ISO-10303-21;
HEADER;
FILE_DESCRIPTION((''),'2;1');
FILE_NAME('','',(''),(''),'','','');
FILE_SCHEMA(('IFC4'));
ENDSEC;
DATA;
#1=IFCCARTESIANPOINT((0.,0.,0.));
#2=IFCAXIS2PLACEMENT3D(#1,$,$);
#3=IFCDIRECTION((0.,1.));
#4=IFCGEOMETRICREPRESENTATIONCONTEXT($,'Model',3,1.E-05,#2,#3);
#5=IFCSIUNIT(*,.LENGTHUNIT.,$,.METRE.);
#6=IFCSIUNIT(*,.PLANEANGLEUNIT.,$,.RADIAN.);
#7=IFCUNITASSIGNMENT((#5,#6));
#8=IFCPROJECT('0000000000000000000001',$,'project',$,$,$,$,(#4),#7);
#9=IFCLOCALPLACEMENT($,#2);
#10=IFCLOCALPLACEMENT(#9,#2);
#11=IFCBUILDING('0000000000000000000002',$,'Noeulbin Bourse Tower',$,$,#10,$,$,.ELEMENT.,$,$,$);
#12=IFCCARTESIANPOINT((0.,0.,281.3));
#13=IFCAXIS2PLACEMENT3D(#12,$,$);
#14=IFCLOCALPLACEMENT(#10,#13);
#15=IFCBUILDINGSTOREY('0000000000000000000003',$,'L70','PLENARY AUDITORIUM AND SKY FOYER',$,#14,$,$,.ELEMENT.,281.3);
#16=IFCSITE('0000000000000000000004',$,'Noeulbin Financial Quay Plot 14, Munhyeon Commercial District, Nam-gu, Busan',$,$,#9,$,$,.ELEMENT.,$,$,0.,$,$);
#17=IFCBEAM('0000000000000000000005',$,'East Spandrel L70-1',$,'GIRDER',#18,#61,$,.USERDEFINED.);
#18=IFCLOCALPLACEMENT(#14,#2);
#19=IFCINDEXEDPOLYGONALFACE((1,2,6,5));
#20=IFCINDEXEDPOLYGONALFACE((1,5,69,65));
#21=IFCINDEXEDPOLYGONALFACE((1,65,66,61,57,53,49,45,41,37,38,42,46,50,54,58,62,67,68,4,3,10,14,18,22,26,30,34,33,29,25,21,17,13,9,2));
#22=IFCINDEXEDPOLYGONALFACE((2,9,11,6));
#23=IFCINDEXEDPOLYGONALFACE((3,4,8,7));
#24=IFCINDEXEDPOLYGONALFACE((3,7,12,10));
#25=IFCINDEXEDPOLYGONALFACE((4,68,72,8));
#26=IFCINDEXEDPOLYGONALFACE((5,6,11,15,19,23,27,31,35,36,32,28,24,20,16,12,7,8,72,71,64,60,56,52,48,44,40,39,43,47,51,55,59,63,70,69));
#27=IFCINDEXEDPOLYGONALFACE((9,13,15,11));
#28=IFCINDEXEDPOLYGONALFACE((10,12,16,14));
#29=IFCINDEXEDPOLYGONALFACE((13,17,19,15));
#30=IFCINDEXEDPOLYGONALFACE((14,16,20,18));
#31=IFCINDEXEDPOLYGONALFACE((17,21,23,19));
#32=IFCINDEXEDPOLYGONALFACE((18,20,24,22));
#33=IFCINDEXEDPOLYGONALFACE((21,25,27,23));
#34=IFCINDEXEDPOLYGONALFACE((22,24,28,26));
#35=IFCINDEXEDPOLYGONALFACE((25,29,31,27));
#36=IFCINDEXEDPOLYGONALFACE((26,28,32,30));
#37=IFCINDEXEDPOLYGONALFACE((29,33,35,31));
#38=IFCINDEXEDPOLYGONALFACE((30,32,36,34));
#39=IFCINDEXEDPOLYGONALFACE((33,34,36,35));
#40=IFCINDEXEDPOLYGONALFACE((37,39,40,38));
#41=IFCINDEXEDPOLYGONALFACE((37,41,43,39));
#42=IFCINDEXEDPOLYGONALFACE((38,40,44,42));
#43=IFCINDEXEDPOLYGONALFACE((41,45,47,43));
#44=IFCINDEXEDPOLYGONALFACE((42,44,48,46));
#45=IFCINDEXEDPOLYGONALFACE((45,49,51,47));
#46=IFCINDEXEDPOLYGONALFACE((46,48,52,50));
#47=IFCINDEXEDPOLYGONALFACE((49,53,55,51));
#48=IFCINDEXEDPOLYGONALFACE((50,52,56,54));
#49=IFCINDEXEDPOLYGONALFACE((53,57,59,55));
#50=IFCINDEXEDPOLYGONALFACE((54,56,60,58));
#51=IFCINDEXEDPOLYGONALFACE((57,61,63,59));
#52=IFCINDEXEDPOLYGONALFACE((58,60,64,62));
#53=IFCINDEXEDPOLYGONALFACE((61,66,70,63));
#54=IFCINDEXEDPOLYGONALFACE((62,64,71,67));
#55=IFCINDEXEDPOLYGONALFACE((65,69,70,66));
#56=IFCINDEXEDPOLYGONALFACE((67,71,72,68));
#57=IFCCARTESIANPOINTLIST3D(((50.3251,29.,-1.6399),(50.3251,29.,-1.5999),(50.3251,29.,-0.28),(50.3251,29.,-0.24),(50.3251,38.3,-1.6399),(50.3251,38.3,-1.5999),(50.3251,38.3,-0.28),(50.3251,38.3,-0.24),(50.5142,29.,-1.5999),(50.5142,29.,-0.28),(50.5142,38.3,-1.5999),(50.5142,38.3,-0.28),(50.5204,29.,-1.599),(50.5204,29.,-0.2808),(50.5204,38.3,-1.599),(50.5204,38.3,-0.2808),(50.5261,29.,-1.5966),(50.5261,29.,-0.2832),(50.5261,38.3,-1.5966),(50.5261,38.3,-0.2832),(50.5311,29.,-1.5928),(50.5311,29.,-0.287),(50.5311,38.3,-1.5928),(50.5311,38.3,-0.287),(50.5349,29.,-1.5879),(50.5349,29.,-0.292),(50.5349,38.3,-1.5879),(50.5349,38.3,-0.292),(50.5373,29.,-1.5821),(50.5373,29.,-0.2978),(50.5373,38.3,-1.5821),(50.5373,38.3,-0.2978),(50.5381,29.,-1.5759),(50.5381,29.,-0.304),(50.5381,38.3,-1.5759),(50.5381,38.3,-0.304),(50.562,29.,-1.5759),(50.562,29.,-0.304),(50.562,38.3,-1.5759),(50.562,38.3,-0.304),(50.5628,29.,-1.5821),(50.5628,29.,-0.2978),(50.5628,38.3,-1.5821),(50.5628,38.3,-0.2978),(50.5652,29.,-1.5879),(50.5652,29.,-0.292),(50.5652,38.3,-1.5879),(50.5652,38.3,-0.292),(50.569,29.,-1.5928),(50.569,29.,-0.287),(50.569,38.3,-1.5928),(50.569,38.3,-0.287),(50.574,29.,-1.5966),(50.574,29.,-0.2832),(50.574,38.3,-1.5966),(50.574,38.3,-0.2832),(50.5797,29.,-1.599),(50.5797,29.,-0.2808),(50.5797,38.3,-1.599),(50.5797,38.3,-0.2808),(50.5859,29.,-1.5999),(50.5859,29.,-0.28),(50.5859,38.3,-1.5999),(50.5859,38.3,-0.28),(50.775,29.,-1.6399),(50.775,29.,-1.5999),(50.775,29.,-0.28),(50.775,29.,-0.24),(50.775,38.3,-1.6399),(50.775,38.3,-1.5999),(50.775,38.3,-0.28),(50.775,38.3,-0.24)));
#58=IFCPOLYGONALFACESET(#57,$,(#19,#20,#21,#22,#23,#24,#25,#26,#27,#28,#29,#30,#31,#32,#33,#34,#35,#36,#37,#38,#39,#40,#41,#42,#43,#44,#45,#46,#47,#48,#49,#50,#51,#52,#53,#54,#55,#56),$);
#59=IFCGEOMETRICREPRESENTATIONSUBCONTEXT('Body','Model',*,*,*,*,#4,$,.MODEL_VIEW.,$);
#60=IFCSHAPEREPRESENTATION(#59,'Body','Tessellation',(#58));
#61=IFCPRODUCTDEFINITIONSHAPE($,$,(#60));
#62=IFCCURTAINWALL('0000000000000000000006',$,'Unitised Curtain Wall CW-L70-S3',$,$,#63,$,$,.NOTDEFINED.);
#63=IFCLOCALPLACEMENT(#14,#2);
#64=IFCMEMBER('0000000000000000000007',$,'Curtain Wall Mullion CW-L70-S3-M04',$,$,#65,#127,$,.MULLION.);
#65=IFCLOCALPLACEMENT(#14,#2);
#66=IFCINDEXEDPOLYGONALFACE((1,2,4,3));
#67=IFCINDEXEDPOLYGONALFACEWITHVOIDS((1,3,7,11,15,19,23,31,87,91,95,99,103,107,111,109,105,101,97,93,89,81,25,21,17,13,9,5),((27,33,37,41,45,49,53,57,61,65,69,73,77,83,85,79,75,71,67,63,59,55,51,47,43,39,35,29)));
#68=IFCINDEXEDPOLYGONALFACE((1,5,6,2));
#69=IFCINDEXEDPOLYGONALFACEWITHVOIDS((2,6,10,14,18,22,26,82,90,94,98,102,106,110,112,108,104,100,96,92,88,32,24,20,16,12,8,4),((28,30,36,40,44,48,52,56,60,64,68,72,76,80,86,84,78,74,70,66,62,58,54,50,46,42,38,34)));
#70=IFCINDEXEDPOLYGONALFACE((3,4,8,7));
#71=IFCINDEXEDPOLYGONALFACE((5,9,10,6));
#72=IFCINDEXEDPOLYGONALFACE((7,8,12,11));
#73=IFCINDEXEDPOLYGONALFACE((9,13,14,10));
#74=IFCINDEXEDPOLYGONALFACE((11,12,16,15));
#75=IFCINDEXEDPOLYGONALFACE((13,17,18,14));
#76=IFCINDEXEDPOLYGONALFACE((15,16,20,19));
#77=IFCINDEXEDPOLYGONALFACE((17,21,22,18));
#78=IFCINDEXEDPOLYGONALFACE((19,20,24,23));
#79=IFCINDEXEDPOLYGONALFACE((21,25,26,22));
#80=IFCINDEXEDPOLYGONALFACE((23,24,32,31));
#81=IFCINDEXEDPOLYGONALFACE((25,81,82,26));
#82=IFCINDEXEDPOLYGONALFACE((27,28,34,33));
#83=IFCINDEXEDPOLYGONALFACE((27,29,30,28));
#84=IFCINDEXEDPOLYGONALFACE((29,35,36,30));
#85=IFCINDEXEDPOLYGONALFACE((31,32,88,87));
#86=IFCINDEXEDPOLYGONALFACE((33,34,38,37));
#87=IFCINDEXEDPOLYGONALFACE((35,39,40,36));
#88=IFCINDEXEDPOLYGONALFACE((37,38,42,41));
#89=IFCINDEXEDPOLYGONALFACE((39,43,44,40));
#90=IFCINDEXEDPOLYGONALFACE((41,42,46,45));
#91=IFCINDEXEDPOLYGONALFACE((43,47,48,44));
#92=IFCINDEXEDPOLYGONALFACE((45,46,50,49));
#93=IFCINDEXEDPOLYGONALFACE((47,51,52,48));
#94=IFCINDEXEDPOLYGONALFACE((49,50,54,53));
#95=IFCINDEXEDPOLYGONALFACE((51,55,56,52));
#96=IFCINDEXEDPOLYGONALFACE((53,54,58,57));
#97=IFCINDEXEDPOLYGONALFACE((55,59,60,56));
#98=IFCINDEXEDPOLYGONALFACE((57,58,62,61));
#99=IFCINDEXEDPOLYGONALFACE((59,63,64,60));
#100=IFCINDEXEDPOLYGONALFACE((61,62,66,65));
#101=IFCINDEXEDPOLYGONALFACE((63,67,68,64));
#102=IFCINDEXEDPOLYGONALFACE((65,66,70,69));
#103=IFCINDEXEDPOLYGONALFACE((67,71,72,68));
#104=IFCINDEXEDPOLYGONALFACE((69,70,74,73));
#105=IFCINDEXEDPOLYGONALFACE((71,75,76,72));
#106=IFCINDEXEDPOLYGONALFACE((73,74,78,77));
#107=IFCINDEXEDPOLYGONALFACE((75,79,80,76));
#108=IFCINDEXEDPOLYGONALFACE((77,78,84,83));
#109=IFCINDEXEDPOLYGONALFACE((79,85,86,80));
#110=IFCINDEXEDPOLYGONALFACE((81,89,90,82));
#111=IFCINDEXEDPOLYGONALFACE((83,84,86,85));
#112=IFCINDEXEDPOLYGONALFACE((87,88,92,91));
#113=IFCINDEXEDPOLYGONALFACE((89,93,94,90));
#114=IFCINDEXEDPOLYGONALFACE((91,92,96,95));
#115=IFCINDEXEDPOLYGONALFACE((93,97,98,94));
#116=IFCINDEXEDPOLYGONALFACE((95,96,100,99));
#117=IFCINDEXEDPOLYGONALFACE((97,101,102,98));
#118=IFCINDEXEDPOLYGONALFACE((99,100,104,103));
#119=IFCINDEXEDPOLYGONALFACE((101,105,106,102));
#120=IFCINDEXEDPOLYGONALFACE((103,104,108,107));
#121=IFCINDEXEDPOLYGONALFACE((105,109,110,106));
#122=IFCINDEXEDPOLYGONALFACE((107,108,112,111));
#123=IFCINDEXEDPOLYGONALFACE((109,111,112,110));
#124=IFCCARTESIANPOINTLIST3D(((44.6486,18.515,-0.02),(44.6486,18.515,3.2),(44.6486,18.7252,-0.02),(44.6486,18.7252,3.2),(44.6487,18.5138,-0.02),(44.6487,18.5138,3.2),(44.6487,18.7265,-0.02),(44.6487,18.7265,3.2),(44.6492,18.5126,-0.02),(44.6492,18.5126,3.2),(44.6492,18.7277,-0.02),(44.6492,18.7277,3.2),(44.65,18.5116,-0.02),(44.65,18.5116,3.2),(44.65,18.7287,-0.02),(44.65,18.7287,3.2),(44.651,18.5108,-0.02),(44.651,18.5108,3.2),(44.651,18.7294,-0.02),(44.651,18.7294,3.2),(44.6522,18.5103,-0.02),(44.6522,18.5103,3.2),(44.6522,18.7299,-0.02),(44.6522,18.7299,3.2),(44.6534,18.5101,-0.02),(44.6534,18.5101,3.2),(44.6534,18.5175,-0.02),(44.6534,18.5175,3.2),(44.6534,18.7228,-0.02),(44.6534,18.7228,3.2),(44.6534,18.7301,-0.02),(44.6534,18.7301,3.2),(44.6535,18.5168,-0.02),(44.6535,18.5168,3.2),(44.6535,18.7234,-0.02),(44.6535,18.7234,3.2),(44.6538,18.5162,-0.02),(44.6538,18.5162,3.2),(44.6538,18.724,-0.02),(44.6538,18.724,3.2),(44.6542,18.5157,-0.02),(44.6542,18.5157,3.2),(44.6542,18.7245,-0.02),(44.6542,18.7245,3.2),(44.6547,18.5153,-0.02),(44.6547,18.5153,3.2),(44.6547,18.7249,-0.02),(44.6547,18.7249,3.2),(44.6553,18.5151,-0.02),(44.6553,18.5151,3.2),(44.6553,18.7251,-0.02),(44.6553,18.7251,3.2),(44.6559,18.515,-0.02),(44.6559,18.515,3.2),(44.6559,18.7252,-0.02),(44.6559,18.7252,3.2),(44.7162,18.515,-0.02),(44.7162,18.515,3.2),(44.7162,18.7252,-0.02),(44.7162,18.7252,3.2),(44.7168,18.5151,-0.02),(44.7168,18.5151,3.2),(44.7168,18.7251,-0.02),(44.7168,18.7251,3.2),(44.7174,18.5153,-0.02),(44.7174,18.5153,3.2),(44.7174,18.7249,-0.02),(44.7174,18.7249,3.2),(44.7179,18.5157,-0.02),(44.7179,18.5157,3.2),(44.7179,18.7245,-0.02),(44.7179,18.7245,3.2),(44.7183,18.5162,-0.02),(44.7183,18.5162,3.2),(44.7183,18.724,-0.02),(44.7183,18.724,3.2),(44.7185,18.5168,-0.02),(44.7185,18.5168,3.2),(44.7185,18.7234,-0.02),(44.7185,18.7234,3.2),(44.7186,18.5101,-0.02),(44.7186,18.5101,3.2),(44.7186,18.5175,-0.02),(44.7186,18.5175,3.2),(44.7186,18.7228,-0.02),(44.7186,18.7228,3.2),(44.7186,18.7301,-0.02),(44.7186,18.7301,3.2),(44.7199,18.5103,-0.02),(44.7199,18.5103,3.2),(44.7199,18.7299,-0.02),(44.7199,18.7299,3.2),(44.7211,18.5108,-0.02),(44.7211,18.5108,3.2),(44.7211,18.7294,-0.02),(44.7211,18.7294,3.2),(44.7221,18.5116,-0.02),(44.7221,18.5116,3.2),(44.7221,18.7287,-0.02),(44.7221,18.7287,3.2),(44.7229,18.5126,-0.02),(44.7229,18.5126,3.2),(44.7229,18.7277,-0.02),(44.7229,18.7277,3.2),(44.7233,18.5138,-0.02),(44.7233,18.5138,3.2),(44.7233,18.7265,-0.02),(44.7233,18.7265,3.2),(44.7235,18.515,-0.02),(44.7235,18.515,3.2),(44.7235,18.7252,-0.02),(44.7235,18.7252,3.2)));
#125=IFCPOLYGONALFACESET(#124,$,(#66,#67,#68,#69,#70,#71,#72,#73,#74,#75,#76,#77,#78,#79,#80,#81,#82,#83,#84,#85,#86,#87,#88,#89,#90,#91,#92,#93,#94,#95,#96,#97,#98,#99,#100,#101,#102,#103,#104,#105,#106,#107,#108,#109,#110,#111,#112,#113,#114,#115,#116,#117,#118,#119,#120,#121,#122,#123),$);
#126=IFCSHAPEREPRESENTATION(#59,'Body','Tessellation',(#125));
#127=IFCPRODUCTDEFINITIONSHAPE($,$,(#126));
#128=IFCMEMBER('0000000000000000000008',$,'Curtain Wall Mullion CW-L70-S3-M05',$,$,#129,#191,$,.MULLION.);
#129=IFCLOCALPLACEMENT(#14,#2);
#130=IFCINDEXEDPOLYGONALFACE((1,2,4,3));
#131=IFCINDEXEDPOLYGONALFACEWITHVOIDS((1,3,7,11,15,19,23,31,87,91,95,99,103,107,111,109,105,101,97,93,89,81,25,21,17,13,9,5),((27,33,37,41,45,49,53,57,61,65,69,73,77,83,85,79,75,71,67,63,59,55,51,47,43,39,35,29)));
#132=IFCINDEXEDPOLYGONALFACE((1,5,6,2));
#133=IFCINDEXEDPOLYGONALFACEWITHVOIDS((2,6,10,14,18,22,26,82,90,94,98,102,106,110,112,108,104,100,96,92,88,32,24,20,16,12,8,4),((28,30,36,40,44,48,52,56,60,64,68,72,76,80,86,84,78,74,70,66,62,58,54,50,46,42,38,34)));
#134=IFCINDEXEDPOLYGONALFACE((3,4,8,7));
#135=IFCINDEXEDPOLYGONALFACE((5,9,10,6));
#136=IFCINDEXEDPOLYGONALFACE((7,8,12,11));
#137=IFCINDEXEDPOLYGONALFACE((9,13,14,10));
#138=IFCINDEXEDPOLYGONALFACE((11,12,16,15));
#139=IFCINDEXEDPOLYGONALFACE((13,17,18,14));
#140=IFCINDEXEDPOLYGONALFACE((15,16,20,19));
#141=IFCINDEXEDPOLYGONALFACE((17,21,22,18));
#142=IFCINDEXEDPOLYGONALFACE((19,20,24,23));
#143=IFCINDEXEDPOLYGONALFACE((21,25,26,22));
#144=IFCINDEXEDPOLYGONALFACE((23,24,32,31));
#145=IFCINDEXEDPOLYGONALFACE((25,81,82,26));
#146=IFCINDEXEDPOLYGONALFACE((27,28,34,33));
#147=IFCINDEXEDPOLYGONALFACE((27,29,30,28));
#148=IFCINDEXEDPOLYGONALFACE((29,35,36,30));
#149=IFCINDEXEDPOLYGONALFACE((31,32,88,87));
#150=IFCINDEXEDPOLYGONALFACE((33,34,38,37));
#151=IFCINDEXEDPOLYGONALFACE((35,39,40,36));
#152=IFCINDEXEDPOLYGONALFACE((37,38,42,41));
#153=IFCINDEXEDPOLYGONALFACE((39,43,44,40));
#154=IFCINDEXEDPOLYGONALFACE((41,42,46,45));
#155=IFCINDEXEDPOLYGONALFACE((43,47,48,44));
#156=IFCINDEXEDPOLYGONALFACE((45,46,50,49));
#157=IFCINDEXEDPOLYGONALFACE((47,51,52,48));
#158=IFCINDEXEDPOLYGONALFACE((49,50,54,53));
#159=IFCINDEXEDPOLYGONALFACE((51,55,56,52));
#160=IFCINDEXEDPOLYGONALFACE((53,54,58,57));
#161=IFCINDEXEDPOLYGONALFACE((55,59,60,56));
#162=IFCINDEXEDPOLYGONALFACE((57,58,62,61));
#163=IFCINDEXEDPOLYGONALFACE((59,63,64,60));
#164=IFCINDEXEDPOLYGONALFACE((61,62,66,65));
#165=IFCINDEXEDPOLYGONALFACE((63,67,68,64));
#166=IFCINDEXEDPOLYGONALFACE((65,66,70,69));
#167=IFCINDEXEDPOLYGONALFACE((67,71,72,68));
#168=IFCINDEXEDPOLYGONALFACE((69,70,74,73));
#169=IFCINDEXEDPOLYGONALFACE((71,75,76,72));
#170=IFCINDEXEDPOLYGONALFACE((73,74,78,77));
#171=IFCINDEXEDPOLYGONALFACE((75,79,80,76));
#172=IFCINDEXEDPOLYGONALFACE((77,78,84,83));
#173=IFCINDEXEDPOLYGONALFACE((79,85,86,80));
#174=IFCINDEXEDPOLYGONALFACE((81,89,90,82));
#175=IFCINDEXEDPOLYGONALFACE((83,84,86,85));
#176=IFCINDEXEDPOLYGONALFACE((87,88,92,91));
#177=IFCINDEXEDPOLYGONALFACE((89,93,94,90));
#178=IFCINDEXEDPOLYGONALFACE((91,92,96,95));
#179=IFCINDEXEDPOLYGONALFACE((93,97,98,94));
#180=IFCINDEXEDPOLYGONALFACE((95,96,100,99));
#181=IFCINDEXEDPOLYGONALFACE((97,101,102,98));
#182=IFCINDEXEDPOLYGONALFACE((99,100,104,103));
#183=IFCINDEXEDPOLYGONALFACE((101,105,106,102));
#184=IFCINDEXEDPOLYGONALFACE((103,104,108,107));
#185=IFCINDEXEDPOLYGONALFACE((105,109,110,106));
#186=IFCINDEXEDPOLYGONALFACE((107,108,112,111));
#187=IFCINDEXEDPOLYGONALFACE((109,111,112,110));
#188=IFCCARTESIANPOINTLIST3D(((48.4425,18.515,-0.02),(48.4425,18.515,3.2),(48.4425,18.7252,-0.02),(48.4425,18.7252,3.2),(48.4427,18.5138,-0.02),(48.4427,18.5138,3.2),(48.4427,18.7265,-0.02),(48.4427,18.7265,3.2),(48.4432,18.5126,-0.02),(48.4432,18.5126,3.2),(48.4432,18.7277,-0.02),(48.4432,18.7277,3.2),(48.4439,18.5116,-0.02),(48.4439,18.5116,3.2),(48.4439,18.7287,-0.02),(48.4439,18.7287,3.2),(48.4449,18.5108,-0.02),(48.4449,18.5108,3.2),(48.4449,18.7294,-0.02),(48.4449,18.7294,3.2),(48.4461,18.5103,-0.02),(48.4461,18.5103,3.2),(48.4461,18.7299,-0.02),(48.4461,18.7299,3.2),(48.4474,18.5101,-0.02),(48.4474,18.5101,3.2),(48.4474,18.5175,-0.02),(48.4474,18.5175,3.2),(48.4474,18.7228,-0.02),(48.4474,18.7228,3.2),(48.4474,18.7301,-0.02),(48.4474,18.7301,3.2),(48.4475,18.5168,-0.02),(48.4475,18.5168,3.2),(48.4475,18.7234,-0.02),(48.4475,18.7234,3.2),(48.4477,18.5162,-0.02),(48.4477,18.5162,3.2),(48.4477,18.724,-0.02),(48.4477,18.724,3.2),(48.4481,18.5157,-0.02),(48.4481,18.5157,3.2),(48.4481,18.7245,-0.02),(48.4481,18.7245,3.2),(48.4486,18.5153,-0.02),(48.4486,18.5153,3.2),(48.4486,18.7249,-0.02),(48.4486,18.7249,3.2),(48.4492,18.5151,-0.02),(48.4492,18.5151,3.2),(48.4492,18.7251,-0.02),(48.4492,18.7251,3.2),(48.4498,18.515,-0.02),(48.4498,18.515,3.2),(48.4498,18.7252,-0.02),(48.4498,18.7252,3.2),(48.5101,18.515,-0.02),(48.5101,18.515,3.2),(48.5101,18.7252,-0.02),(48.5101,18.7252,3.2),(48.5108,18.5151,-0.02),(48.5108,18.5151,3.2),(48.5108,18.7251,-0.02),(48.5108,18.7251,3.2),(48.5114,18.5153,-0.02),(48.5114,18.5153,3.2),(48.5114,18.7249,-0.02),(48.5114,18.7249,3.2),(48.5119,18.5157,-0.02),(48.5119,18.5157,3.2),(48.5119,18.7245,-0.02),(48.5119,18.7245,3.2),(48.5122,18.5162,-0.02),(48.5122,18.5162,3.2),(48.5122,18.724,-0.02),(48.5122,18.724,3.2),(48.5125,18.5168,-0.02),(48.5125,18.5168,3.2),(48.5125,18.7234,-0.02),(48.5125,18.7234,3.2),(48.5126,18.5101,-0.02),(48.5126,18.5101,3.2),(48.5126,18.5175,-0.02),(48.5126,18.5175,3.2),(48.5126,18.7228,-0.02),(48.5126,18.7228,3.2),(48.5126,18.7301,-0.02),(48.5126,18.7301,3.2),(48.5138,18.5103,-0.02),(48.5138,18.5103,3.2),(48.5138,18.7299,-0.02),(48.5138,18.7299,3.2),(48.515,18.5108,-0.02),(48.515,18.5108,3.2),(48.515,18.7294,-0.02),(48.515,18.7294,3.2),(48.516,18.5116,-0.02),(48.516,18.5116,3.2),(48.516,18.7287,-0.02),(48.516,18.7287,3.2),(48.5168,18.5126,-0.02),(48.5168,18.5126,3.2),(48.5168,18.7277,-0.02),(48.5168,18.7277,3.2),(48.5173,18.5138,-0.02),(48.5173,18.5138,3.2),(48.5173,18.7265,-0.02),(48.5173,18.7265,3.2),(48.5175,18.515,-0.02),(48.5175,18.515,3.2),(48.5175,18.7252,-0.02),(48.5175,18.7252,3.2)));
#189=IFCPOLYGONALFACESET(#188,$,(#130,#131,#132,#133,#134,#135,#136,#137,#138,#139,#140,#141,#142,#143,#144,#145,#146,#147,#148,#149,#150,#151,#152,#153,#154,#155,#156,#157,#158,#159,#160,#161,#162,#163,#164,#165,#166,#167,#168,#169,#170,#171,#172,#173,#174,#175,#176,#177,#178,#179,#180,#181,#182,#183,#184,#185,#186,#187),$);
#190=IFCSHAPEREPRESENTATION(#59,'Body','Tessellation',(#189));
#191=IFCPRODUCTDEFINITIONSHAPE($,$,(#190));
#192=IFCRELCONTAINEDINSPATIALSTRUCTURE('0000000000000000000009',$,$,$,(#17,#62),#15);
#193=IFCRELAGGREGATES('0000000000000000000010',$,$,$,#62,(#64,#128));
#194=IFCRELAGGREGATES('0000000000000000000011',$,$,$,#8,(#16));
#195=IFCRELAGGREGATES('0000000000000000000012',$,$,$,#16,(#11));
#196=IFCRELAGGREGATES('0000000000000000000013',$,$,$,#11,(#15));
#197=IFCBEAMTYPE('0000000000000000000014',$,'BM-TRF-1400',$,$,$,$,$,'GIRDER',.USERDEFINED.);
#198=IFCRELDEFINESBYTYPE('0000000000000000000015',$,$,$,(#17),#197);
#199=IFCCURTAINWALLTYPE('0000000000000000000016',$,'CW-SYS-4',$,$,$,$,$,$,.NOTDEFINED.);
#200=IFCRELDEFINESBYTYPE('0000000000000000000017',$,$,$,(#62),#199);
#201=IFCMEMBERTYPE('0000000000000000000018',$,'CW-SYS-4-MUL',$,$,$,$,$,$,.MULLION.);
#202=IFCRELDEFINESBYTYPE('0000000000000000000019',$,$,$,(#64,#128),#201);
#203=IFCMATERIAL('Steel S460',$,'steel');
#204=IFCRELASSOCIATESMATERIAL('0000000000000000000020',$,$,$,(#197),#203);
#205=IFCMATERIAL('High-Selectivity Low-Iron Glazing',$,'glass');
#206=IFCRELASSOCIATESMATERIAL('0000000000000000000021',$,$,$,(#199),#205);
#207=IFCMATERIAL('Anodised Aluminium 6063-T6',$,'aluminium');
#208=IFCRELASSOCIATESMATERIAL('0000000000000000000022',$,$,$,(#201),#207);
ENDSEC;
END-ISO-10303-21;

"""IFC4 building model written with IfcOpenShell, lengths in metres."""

from ifc_helpers import new_model, si_unit, direction, frame, origin, origin_2d, place, context, subcontext, project, spatial, hollow_rectangle, i_section, extrude, material, material_profile, profile_set, type_object, element, aggregate, save


model = new_model("IFC4")

# Units and contexts
model_context = context("Model", 3, precision=1e-05, world=origin(), true_north=direction((0.0, 1.0)))
body_context = subcontext(model_context, "Body", "Model", "MODEL_VIEW")
ifc_project = project(units=[si_unit("LENGTHUNIT", "METRE"), si_unit("PLANEANGLEUNIT", "RADIAN")], contexts=[model_context])

# Site, building, storey
site_placement = place(None, origin())
site = spatial("IfcSite", under=ifc_project, at=site_placement, Name="Noeulbin Financial Quay Plot 14, Munhyeon Commercial District, Nam-gu, Busan", CompositionType="ELEMENT", RefElevation=0.0)
building_placement = place(site_placement, origin())
building = spatial("IfcBuilding", under=site, at=building_placement, Name="Noeulbin Bourse Tower", CompositionType="ELEMENT")
storey_placement = place(building_placement, frame((0.0, 0.0, 281.3)))
storey = spatial("IfcBuildingStorey", under=building, at=storey_placement, Name="L70", Description="PLENARY AUDITORIUM AND SKY FOYER", CompositionType="ELEMENT", Elevation=281.3)

# Beam
ifc_material_1 = material(Name="Steel S460", Category="steel")
ifc_material_profile_1 = material_profile(ifc_material_1, i_section(OverallWidth=0.45, OverallDepth=1.3999, WebThickness=0.0239, FlangeThickness=0.04, FilletRadius=0.0239, at=origin_2d()), Name="PG-1400x450x24x40", Category="LoadBearing")
ifc_profile_set_1 = profile_set([ifc_material_profile_1], Name="Steel S460")
beam_type_1 = type_object("IfcBeamType", Name="BM-TRF-1400", ElementType="GIRDER", PredefinedType="USERDEFINED", material=ifc_profile_set_1)
for number, where, z_axis, x_axis, name in (
    (1, (50.55, 29.0, -0.9399), (0.0, 1.0, 0.0), (-1.0, 0.0, 0.0), "East Spandrel L70-1"),
):
    element("IfcBeam", number, at=place(storey_placement, frame(where, z_axis=z_axis, x_axis=x_axis)), inside=storey, type_object=beam_type_1, Name=name, ObjectType="GIRDER", PredefinedType="USERDEFINED", context=body_context, shape_type="SweptSolid", body=[
        extrude(i_section(OverallWidth=0.45, OverallDepth=1.3999, WebThickness=0.0239, FlangeThickness=0.04, FilletRadius=0.0239, at=origin_2d()), origin(), (0.0, 0.0, 1.0), 9.3),
    ])

# Curtain wall, members
ifc_material_2 = material(Name="High-Selectivity Low-Iron Glazing", Category="glass")
curtain_wall_type = type_object("IfcCurtainWallType", Name="CW-SYS-4", PredefinedType="NOTDEFINED", material=ifc_material_2)
curtain_wall_1_placement = place(storey_placement, origin())
curtain_wall_1 = element("IfcCurtainWall", 2, at=curtain_wall_1_placement, inside=storey, type_object=curtain_wall_type, Name="Unitised Curtain Wall CW-L70-S3", PredefinedType="NOTDEFINED")
ifc_material_3 = material(Name="Anodised Aluminium 6063-T6", Category="aluminium")
ifc_material_profile_2 = material_profile(ifc_material_3, hollow_rectangle(XDim=0.075, YDim=0.22, WallThickness=0.0049, InnerFilletRadius=0.0024, OuterFilletRadius=0.0049, at=origin_2d()), Name="ALU-MULL-75x220x5", Category="LoadBearing")
ifc_profile_set_2 = profile_set([ifc_material_profile_2], Name="Anodised Aluminium 6063-T6")
member_type_1 = type_object("IfcMemberType", Name="CW-SYS-4-MUL", PredefinedType="MULLION", material=ifc_profile_set_2)
member_1_placement = place(storey_placement, frame((44.686, 18.6201, -0.02), z_axis=(0.0, 0.0, 1.0), x_axis=(1.0, 0.0, 0.0)))
member_1 = element("IfcMember", 3, at=member_1_placement, type_object=member_type_1, Name="Curtain Wall Mullion CW-L70-S3-M04", PredefinedType="MULLION", context=body_context, shape_type="SweptSolid", body=[
    extrude(hollow_rectangle(XDim=0.075, YDim=0.22, WallThickness=0.0049, InnerFilletRadius=0.0024, OuterFilletRadius=0.0049, at=origin_2d()), origin(), (0.0, 0.0, 1.0), 3.22),
])
member_2_placement = place(storey_placement, frame((48.48, 18.6201, -0.02), z_axis=(0.0, 0.0, 1.0), x_axis=(1.0, 0.0, 0.0)))
member_2 = element("IfcMember", 4, at=member_2_placement, type_object=member_type_1, Name="Curtain Wall Mullion CW-L70-S3-M05", PredefinedType="MULLION", context=body_context, shape_type="SweptSolid", body=[
    extrude(hollow_rectangle(XDim=0.075, YDim=0.22, WallThickness=0.0049, InnerFilletRadius=0.0024, OuterFilletRadius=0.0049, at=origin_2d()), origin(), (0.0, 0.0, 1.0), 3.22),
])

aggregate(curtain_wall_1, [member_1, member_2])

save(model, "model.ifc")
